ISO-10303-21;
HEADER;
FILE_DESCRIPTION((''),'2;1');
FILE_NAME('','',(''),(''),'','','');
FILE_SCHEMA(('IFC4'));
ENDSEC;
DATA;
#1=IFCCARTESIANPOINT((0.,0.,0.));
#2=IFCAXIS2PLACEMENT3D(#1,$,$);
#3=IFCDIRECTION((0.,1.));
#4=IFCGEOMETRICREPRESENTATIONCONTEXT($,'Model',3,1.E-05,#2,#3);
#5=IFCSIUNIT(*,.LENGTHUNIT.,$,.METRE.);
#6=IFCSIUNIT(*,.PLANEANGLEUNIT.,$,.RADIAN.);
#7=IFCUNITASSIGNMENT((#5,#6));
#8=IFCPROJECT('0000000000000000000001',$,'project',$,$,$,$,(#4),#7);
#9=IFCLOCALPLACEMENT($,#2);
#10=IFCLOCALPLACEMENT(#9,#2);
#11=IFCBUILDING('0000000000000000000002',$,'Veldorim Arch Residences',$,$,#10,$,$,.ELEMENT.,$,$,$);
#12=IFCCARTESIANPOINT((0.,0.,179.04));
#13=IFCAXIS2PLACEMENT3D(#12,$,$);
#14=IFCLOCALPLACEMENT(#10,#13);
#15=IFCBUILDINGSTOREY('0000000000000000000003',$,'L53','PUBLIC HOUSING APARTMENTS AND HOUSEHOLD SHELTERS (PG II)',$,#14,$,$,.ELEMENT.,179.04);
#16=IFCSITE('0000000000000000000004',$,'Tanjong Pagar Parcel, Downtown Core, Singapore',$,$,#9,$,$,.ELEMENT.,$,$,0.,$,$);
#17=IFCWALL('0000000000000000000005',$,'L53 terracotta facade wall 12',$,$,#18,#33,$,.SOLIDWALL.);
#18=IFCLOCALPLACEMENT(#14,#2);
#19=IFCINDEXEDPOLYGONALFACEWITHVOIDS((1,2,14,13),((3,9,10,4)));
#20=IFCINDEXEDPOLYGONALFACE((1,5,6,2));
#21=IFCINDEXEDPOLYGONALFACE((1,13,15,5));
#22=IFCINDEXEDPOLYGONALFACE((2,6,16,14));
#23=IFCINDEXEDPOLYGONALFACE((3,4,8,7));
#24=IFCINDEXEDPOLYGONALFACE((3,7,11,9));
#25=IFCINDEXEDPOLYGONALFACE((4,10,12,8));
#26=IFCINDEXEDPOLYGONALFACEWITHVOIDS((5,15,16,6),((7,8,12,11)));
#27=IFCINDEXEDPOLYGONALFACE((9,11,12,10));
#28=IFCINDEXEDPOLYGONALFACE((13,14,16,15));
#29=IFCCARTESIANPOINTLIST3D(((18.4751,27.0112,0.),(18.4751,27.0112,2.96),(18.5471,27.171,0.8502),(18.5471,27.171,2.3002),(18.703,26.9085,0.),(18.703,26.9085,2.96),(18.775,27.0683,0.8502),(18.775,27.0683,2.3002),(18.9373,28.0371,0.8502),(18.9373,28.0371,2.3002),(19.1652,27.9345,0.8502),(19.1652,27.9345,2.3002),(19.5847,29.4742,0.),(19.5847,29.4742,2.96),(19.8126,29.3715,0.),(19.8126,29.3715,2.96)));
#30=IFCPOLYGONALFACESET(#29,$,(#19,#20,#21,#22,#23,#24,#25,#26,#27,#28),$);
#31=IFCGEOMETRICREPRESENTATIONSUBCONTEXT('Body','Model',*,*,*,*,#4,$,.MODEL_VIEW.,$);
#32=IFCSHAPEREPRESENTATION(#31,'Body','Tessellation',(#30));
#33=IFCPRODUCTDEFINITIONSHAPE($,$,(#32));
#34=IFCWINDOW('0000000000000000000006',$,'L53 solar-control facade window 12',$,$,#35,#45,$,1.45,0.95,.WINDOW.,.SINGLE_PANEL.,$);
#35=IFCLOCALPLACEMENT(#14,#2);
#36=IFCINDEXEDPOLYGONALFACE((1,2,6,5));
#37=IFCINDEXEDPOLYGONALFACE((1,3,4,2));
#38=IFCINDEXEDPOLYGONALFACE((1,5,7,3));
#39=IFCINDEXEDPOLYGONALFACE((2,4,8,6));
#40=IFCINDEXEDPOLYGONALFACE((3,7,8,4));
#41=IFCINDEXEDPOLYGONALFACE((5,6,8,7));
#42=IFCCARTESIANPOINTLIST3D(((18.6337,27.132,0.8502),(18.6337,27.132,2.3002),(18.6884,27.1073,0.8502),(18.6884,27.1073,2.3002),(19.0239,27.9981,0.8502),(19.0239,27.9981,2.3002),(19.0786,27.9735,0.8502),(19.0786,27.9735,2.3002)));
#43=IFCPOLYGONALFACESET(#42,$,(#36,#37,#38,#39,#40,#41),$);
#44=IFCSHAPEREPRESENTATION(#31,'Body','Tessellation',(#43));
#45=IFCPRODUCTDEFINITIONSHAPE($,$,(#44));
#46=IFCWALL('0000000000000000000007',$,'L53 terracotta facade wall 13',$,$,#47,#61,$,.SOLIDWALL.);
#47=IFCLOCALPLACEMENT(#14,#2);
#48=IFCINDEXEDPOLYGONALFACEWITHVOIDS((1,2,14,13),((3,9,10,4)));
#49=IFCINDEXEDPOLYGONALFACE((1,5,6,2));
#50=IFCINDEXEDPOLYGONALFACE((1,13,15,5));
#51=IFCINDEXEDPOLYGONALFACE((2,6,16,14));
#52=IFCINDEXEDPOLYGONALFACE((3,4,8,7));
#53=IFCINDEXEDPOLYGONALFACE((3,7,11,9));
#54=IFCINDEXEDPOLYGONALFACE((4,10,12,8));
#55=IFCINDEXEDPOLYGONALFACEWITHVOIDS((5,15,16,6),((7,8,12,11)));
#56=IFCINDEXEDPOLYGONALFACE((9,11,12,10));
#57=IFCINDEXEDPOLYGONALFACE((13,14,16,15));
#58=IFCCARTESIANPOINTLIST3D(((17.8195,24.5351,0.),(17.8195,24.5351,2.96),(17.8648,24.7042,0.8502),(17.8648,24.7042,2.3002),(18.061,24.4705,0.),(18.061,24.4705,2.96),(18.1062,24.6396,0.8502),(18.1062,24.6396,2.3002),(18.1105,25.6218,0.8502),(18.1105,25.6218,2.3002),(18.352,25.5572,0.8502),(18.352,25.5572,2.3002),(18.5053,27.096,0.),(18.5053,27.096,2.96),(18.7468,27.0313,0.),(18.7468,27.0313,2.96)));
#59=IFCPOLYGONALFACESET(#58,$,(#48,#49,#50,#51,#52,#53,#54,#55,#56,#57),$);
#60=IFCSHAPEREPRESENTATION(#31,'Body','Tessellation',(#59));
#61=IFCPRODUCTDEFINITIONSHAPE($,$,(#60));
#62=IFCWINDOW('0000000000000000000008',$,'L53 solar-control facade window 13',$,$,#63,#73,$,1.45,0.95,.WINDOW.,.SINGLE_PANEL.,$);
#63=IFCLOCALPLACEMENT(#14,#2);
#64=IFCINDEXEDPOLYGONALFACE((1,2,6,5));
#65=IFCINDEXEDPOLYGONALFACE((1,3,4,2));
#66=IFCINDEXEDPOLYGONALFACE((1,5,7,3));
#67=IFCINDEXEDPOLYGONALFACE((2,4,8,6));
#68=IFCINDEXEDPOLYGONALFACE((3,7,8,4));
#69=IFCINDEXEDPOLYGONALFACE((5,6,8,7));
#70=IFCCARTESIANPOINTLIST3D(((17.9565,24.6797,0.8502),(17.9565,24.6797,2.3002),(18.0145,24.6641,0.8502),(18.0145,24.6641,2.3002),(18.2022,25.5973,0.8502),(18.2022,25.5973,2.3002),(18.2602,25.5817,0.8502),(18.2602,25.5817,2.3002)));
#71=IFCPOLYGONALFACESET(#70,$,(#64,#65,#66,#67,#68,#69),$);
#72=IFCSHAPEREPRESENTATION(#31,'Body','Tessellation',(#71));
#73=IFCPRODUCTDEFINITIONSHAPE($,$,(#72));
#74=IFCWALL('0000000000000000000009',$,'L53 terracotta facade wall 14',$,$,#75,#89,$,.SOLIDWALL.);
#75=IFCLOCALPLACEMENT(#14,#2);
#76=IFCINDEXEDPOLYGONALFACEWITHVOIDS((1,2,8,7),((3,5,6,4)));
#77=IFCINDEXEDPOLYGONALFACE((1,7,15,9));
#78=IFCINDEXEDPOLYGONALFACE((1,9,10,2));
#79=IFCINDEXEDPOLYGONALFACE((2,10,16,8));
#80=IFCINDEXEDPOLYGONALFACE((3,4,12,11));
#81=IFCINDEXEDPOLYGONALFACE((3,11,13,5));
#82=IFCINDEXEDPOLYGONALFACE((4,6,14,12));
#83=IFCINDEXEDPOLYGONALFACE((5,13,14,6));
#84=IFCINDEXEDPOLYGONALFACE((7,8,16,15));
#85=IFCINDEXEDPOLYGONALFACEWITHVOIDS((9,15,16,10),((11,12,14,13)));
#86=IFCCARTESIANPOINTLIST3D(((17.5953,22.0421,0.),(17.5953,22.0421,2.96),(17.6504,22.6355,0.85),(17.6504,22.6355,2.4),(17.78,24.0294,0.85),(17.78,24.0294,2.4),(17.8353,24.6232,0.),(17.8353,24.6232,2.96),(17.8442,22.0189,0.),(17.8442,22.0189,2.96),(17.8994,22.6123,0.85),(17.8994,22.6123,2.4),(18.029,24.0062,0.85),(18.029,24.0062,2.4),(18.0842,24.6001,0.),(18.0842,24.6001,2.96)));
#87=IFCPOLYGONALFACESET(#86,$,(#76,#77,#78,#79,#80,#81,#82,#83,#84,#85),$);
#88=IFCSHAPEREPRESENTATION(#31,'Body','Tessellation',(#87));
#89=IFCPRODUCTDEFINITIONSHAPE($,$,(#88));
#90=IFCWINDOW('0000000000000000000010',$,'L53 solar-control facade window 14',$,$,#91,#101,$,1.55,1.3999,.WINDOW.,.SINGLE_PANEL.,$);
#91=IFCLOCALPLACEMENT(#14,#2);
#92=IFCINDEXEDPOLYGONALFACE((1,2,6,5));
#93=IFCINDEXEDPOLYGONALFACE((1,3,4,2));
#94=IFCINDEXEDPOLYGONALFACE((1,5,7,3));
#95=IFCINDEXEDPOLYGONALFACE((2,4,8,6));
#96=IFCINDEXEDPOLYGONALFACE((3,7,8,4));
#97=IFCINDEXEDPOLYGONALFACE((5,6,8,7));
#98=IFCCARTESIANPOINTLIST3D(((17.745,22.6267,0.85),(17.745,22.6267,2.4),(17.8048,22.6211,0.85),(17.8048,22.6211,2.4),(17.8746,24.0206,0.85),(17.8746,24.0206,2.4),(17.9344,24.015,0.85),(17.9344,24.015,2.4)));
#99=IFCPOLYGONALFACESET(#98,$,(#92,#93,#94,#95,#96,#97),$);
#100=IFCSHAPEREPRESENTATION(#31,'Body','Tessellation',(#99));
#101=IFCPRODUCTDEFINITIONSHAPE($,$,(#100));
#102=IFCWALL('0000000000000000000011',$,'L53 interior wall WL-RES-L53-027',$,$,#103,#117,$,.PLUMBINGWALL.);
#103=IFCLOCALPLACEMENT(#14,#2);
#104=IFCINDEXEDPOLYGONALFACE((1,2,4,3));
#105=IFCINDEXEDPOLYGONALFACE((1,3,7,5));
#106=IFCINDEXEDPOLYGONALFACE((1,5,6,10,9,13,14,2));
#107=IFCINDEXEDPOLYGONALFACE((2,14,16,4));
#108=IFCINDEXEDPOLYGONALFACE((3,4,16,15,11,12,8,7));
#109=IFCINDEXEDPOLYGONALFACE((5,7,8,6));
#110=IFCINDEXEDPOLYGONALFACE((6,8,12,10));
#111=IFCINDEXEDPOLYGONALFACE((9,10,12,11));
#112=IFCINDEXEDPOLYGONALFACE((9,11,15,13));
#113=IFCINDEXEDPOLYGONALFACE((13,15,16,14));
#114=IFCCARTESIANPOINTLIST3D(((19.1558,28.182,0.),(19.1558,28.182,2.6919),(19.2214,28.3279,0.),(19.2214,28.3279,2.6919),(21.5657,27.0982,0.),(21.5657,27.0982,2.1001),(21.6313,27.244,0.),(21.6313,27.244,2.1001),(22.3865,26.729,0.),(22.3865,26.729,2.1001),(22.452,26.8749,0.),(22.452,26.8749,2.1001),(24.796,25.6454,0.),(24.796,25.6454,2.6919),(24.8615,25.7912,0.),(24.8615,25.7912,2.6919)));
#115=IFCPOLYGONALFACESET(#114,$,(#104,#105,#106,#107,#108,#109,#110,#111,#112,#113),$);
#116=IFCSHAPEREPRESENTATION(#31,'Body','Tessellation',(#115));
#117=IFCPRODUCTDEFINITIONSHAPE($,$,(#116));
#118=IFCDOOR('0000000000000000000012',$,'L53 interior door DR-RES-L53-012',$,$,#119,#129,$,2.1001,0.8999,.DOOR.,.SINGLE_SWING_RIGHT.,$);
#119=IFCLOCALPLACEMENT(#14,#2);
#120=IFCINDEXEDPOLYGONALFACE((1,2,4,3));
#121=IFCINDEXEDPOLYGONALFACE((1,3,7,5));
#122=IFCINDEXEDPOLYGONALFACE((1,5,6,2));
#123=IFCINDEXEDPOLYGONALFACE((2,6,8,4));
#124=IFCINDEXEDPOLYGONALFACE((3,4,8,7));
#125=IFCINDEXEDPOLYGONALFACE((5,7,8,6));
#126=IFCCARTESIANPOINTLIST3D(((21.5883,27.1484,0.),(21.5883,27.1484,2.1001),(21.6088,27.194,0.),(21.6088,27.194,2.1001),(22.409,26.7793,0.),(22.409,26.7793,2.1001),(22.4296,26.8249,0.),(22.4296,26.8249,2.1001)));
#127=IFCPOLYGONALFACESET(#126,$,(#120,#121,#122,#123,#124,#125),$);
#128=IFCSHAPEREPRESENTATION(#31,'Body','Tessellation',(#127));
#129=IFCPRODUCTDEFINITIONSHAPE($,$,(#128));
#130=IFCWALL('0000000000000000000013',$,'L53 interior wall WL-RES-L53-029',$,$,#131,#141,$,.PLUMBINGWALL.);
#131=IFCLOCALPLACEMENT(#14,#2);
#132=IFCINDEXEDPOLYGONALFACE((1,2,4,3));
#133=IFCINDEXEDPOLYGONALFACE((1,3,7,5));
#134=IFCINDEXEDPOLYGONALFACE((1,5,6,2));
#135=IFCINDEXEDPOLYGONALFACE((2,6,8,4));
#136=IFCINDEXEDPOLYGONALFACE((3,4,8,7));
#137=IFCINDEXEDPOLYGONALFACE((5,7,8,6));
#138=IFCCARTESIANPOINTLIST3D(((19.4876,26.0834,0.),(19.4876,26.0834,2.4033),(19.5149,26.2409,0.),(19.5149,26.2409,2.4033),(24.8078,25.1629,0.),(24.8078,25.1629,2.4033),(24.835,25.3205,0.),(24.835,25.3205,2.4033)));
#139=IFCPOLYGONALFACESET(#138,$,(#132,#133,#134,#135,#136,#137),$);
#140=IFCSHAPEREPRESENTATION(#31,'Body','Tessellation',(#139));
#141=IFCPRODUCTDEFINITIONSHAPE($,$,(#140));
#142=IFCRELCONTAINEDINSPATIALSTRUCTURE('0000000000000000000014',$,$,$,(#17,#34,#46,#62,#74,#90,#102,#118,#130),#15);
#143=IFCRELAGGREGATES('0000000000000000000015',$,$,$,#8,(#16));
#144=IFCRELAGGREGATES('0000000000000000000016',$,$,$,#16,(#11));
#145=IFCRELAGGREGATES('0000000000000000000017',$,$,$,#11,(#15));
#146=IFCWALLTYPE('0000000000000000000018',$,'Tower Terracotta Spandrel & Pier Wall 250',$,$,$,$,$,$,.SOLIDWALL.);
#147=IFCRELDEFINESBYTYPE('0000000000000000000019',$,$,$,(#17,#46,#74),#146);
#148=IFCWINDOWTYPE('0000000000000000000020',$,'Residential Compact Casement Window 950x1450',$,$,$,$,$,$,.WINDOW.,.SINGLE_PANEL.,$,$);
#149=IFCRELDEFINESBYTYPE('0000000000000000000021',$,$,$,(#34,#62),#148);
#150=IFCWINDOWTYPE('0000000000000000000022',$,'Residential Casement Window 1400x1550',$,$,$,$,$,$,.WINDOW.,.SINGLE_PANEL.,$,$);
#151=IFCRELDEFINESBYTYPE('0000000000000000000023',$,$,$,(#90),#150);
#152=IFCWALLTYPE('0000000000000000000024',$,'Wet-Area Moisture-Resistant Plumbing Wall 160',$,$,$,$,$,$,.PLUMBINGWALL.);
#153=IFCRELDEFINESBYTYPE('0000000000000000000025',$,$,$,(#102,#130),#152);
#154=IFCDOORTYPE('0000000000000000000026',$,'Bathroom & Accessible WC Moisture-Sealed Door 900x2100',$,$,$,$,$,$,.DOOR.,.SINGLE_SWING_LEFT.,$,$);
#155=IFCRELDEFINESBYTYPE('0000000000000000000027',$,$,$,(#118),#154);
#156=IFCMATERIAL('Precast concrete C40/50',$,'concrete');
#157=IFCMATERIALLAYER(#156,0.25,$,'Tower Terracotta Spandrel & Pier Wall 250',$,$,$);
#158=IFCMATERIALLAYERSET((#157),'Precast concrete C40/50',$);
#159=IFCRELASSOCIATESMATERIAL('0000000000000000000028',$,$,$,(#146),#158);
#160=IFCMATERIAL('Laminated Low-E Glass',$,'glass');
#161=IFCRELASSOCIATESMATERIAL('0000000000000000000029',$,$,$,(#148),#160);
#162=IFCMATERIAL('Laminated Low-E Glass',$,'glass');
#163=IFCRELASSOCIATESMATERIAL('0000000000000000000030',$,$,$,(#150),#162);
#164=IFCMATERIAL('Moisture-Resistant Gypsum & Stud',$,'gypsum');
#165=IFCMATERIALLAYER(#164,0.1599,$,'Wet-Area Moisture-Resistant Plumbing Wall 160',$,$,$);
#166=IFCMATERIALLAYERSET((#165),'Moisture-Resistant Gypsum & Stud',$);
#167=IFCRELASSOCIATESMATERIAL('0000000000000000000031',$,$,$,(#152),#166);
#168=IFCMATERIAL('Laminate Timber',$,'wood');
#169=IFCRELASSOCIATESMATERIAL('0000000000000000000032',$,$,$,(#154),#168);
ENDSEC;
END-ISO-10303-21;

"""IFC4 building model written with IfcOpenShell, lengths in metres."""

from ifc_helpers import new_model, si_unit, direction, frame, frame_2d, origin, place, context, subcontext, project, spatial, rectangle, extrude, material, layer, layer_set, type_object, element, fill, save


model = new_model("IFC4")

# Units and contexts
model_context = context("Model", 3, precision=1e-05, world=origin(), true_north=direction((0.0, 1.0)))
body_context = subcontext(model_context, "Body", "Model", "MODEL_VIEW")
ifc_project = project(units=[si_unit("LENGTHUNIT", "METRE"), si_unit("PLANEANGLEUNIT", "RADIAN")], contexts=[model_context])

# Site, building, storey
site_placement = place(None, origin())
site = spatial("IfcSite", under=ifc_project, at=site_placement, Name="Tanjong Pagar Parcel, Downtown Core, Singapore", CompositionType="ELEMENT", RefElevation=0.0)
building_placement = place(site_placement, origin())
building = spatial("IfcBuilding", under=site, at=building_placement, Name="Veldorim Arch Residences", CompositionType="ELEMENT")
storey_placement = place(building_placement, frame((0.0, 0.0, 179.04)))
storey = spatial("IfcBuildingStorey", under=building, at=storey_placement, Name="L53", Description="PUBLIC HOUSING APARTMENTS AND HOUSEHOLD SHELTERS (PG II)", CompositionType="ELEMENT", Elevation=179.04)

# Shared definitions
ifc_material_1 = material(Name="Precast concrete C40/50", Category="concrete")
ifc_layer_1 = layer(ifc_material_1, 0.25, Name="Tower Terracotta Spandrel & Pier Wall 250")
ifc_layer_set_1 = layer_set([ifc_layer_1], Name="Precast concrete C40/50")
wall_type_1 = type_object("IfcWallType", Name="Tower Terracotta Spandrel & Pier Wall 250", PredefinedType="SOLIDWALL", material=ifc_layer_set_1)

# Walls, openings, windows
wall_1_placement = place(storey_placement, frame((18.5891, 26.96, 0.0), z_axis=(0.0, 0.0, 1.0), x_axis=(0.410737, 0.911754, 0.0)))
wall_1 = element("IfcWall", 1, at=wall_1_placement, inside=storey, type_object=wall_type_1, Name="L53 terracotta facade wall 12", PredefinedType="SOLIDWALL", context=body_context, shape_type="SweptSolid", body=[
    extrude(rectangle(XDim=2.7014, YDim=0.25, at=frame_2d((1.3506, 0.0))), origin(), (0.0, 0.0, 1.0), 2.96),
])
opening_1_placement = place(wall_1_placement, frame((0.175, 0.0, 0.8501)))
opening_1 = element("IfcOpeningElement", 2, at=opening_1_placement, cuts=wall_1, PredefinedType="OPENING", context=body_context, shape_type="SweptSolid", body=[
    extrude(rectangle(XDim=0.95, YDim=1.45, at=frame_2d((0.4751, 0.7251))), frame((0.0, 0.135, 0.0), z_axis=(0.0, -1.0, 0.0), x_axis=(1.0, 0.0, 0.0)), (0.0, 0.0, 1.0), 0.27),
])
ifc_material_2 = material(Name="Laminated Low-E Glass", Category="glass")
window_type_1 = type_object("IfcWindowType", Name="Residential Compact Casement Window 950x1450", PartitioningType="SINGLE_PANEL", PredefinedType="WINDOW", material=ifc_material_2)
window_1_placement = place(opening_1_placement, origin())
window_1 = element("IfcWindow", 3, at=window_1_placement, inside=storey, type_object=window_type_1, Name="L53 solar-control facade window 12", OverallHeight=1.45, OverallWidth=0.95, PartitioningType="SINGLE_PANEL", PredefinedType="WINDOW", context=body_context, shape_type="SweptSolid", body=[
    extrude(rectangle(XDim=0.95, YDim=1.45, at=frame_2d((0.4751, 0.7251))), frame((0.0, 0.03, 0.0), z_axis=(0.0, -1.0, 0.0), x_axis=(1.0, 0.0, 0.0)), (0.0, 0.0, 1.0), 0.0601),
])
fill(opening_1, window_1)
wall_2_placement = place(storey_placement, frame((17.9402, 24.5027, 0.0), z_axis=(0.0, 0.0, 1.0), x_axis=(0.258689, 0.965961, 0.0)))
wall_2 = element("IfcWall", 4, at=wall_2_placement, inside=storey, type_object=wall_type_1, Name="L53 terracotta facade wall 13", PredefinedType="SOLIDWALL", context=body_context, shape_type="SweptSolid", body=[
    extrude(rectangle(XDim=2.6511, YDim=0.25, at=frame_2d((1.3257, 0.0))), origin(), (0.0, 0.0, 1.0), 2.96),
])
opening_2_placement = place(wall_2_placement, frame((0.175, 0.0, 0.8501)))
opening_2 = element("IfcOpeningElement", 5, at=opening_2_placement, cuts=wall_2, PredefinedType="OPENING", context=body_context, shape_type="SweptSolid", body=[
    extrude(rectangle(XDim=0.95, YDim=1.45, at=frame_2d((0.4751, 0.7251))), frame((0.0, 0.135, 0.0), z_axis=(0.0, -1.0, 0.0), x_axis=(1.0, 0.0, 0.0)), (0.0, 0.0, 1.0), 0.27),
])
window_2_placement = place(opening_2_placement, origin())
window_2 = element("IfcWindow", 6, at=window_2_placement, inside=storey, type_object=window_type_1, Name="L53 solar-control facade window 13", OverallHeight=1.45, OverallWidth=0.95, PartitioningType="SINGLE_PANEL", PredefinedType="WINDOW", context=body_context, shape_type="SweptSolid", body=[
    extrude(rectangle(XDim=0.95, YDim=1.45, at=frame_2d((0.4751, 0.7251))), frame((0.0, 0.03, 0.0), z_axis=(0.0, -1.0, 0.0), x_axis=(1.0, 0.0, 0.0)), (0.0, 0.0, 1.0), 0.0601),
])
fill(opening_2, window_2)
wall_3_placement = place(storey_placement, frame((17.7197, 22.0305, 0.0), z_axis=(0.0, 0.0, 1.0), x_axis=(0.092582, 0.995705, 0.0)))
wall_3 = element("IfcWall", 7, at=wall_3_placement, inside=storey, type_object=wall_type_1, Name="L53 terracotta facade wall 14", PredefinedType="SOLIDWALL", context=body_context, shape_type="SweptSolid", body=[
    extrude(rectangle(XDim=2.5923, YDim=0.25, at=frame_2d((1.2961, 0.0))), origin(), (0.0, 0.0, 1.0), 2.96),
])
opening_3_placement = place(wall_3_placement, frame((0.5959, 0.0, 0.8501)))
opening_3 = element("IfcOpeningElement", 8, at=opening_3_placement, cuts=wall_3, PredefinedType="OPENING", context=body_context, shape_type="SweptSolid", body=[
    extrude(rectangle(XDim=1.3999, YDim=1.55, at=frame_2d((0.7, 0.7749))), frame((0.0, 0.135, 0.0), z_axis=(0.0, -1.0, 0.0), x_axis=(1.0, 0.0, 0.0)), (0.0, 0.0, 1.0), 0.27),
])
ifc_material_3 = material(Name="Laminated Low-E Glass", Category="glass")
window_type_2 = type_object("IfcWindowType", Name="Residential Casement Window 1400x1550", PartitioningType="SINGLE_PANEL", PredefinedType="WINDOW", material=ifc_material_3)
window_3_placement = place(opening_3_placement, origin())
window_3 = element("IfcWindow", 9, at=window_3_placement, inside=storey, type_object=window_type_2, Name="L53 solar-control facade window 14", OverallHeight=1.55, OverallWidth=1.3999, PartitioningType="SINGLE_PANEL", PredefinedType="WINDOW", context=body_context, shape_type="SweptSolid", body=[
    extrude(rectangle(XDim=1.3999, YDim=1.55, at=frame_2d((0.7, 0.7749))), frame((0.0, 0.03, 0.0), z_axis=(0.0, -1.0, 0.0), x_axis=(1.0, 0.0, 0.0)), (0.0, 0.0, 1.0), 0.0601),
])
fill(opening_3, window_3)

# Wall, opening, door
ifc_material_4 = material(Name="Moisture-Resistant Gypsum & Stud", Category="gypsum")
ifc_layer_2 = layer(ifc_material_4, 0.1599, Name="Wet-Area Moisture-Resistant Plumbing Wall 160")
ifc_layer_set_2 = layer_set([ifc_layer_2], Name="Moisture-Resistant Gypsum & Stud")
wall_type_2 = type_object("IfcWallType", Name="Wet-Area Moisture-Resistant Plumbing Wall 160", PredefinedType="PLUMBINGWALL", material=ifc_layer_set_2)
wall_4_placement = place(storey_placement, frame((24.8289, 25.7183, 0.0), z_axis=(0.0, 0.0, 1.0), x_axis=(-0.912009, 0.410171, 0.0)))
wall_4 = element("IfcWall", 10, at=wall_4_placement, inside=storey, type_object=wall_type_2, Name="L53 interior wall WL-RES-L53-027", PredefinedType="PLUMBINGWALL", context=body_context, shape_type="SweptSolid", body=[
    extrude(rectangle(XDim=6.1843, YDim=0.1599, at=frame_2d((3.0923, 0.0))), origin(), (0.0, 0.0, 1.0), 2.6919),
])
opening_4_placement = place(wall_4_placement, frame((2.6421, 0.0, 0.0)))
opening_4 = element("IfcOpeningElement", 11, at=opening_4_placement, cuts=wall_4, PredefinedType="OPENING", context=body_context, shape_type="SweptSolid", body=[
    extrude(rectangle(XDim=0.8999, YDim=2.1001, at=frame_2d((0.45, 1.05))), frame((0.0, 0.0898, 0.0), z_axis=(0.0, -1.0, 0.0), x_axis=(1.0, 0.0, 0.0)), (0.0, 0.0, 1.0), 0.1799),
])
ifc_material_5 = material(Name="Laminate Timber", Category="wood")
door_type = type_object("IfcDoorType", Name="Bathroom & Accessible WC Moisture-Sealed Door 900x2100", OperationType="SINGLE_SWING_LEFT", PredefinedType="DOOR", material=ifc_material_5)
door_placement = place(opening_4_placement, origin())
door = element("IfcDoor", 12, at=door_placement, inside=storey, type_object=door_type, Name="L53 interior door DR-RES-L53-012", OperationType="SINGLE_SWING_RIGHT", OverallHeight=2.1001, OverallWidth=0.8999, PredefinedType="DOOR", context=body_context, shape_type="SweptSolid", body=[
    extrude(rectangle(XDim=0.8999, YDim=2.1001, at=frame_2d((0.45, 1.05))), frame((0.0, 0.0249, 0.0), z_axis=(0.0, -1.0, 0.0), x_axis=(1.0, 0.0, 0.0)), (0.0, 0.0, 1.0), 0.05),
])
fill(opening_4, door)

# Wall
wall_5_placement = place(storey_placement, frame((24.8215, 25.2417, 0.0), z_axis=(0.0, 0.0, 1.0), x_axis=(-0.985362, 0.170475, 0.0)))
element("IfcWall", 13, at=wall_5_placement, inside=storey, type_object=wall_type_2, Name="L53 interior wall WL-RES-L53-029", PredefinedType="PLUMBINGWALL", context=body_context, shape_type="SweptSolid", body=[
    extrude(rectangle(XDim=5.3992, YDim=0.1599, at=frame_2d((2.6997, 0.0))), origin(), (0.0, 0.0, 1.0), 2.4033),
])

save(model, "model.ifc")
